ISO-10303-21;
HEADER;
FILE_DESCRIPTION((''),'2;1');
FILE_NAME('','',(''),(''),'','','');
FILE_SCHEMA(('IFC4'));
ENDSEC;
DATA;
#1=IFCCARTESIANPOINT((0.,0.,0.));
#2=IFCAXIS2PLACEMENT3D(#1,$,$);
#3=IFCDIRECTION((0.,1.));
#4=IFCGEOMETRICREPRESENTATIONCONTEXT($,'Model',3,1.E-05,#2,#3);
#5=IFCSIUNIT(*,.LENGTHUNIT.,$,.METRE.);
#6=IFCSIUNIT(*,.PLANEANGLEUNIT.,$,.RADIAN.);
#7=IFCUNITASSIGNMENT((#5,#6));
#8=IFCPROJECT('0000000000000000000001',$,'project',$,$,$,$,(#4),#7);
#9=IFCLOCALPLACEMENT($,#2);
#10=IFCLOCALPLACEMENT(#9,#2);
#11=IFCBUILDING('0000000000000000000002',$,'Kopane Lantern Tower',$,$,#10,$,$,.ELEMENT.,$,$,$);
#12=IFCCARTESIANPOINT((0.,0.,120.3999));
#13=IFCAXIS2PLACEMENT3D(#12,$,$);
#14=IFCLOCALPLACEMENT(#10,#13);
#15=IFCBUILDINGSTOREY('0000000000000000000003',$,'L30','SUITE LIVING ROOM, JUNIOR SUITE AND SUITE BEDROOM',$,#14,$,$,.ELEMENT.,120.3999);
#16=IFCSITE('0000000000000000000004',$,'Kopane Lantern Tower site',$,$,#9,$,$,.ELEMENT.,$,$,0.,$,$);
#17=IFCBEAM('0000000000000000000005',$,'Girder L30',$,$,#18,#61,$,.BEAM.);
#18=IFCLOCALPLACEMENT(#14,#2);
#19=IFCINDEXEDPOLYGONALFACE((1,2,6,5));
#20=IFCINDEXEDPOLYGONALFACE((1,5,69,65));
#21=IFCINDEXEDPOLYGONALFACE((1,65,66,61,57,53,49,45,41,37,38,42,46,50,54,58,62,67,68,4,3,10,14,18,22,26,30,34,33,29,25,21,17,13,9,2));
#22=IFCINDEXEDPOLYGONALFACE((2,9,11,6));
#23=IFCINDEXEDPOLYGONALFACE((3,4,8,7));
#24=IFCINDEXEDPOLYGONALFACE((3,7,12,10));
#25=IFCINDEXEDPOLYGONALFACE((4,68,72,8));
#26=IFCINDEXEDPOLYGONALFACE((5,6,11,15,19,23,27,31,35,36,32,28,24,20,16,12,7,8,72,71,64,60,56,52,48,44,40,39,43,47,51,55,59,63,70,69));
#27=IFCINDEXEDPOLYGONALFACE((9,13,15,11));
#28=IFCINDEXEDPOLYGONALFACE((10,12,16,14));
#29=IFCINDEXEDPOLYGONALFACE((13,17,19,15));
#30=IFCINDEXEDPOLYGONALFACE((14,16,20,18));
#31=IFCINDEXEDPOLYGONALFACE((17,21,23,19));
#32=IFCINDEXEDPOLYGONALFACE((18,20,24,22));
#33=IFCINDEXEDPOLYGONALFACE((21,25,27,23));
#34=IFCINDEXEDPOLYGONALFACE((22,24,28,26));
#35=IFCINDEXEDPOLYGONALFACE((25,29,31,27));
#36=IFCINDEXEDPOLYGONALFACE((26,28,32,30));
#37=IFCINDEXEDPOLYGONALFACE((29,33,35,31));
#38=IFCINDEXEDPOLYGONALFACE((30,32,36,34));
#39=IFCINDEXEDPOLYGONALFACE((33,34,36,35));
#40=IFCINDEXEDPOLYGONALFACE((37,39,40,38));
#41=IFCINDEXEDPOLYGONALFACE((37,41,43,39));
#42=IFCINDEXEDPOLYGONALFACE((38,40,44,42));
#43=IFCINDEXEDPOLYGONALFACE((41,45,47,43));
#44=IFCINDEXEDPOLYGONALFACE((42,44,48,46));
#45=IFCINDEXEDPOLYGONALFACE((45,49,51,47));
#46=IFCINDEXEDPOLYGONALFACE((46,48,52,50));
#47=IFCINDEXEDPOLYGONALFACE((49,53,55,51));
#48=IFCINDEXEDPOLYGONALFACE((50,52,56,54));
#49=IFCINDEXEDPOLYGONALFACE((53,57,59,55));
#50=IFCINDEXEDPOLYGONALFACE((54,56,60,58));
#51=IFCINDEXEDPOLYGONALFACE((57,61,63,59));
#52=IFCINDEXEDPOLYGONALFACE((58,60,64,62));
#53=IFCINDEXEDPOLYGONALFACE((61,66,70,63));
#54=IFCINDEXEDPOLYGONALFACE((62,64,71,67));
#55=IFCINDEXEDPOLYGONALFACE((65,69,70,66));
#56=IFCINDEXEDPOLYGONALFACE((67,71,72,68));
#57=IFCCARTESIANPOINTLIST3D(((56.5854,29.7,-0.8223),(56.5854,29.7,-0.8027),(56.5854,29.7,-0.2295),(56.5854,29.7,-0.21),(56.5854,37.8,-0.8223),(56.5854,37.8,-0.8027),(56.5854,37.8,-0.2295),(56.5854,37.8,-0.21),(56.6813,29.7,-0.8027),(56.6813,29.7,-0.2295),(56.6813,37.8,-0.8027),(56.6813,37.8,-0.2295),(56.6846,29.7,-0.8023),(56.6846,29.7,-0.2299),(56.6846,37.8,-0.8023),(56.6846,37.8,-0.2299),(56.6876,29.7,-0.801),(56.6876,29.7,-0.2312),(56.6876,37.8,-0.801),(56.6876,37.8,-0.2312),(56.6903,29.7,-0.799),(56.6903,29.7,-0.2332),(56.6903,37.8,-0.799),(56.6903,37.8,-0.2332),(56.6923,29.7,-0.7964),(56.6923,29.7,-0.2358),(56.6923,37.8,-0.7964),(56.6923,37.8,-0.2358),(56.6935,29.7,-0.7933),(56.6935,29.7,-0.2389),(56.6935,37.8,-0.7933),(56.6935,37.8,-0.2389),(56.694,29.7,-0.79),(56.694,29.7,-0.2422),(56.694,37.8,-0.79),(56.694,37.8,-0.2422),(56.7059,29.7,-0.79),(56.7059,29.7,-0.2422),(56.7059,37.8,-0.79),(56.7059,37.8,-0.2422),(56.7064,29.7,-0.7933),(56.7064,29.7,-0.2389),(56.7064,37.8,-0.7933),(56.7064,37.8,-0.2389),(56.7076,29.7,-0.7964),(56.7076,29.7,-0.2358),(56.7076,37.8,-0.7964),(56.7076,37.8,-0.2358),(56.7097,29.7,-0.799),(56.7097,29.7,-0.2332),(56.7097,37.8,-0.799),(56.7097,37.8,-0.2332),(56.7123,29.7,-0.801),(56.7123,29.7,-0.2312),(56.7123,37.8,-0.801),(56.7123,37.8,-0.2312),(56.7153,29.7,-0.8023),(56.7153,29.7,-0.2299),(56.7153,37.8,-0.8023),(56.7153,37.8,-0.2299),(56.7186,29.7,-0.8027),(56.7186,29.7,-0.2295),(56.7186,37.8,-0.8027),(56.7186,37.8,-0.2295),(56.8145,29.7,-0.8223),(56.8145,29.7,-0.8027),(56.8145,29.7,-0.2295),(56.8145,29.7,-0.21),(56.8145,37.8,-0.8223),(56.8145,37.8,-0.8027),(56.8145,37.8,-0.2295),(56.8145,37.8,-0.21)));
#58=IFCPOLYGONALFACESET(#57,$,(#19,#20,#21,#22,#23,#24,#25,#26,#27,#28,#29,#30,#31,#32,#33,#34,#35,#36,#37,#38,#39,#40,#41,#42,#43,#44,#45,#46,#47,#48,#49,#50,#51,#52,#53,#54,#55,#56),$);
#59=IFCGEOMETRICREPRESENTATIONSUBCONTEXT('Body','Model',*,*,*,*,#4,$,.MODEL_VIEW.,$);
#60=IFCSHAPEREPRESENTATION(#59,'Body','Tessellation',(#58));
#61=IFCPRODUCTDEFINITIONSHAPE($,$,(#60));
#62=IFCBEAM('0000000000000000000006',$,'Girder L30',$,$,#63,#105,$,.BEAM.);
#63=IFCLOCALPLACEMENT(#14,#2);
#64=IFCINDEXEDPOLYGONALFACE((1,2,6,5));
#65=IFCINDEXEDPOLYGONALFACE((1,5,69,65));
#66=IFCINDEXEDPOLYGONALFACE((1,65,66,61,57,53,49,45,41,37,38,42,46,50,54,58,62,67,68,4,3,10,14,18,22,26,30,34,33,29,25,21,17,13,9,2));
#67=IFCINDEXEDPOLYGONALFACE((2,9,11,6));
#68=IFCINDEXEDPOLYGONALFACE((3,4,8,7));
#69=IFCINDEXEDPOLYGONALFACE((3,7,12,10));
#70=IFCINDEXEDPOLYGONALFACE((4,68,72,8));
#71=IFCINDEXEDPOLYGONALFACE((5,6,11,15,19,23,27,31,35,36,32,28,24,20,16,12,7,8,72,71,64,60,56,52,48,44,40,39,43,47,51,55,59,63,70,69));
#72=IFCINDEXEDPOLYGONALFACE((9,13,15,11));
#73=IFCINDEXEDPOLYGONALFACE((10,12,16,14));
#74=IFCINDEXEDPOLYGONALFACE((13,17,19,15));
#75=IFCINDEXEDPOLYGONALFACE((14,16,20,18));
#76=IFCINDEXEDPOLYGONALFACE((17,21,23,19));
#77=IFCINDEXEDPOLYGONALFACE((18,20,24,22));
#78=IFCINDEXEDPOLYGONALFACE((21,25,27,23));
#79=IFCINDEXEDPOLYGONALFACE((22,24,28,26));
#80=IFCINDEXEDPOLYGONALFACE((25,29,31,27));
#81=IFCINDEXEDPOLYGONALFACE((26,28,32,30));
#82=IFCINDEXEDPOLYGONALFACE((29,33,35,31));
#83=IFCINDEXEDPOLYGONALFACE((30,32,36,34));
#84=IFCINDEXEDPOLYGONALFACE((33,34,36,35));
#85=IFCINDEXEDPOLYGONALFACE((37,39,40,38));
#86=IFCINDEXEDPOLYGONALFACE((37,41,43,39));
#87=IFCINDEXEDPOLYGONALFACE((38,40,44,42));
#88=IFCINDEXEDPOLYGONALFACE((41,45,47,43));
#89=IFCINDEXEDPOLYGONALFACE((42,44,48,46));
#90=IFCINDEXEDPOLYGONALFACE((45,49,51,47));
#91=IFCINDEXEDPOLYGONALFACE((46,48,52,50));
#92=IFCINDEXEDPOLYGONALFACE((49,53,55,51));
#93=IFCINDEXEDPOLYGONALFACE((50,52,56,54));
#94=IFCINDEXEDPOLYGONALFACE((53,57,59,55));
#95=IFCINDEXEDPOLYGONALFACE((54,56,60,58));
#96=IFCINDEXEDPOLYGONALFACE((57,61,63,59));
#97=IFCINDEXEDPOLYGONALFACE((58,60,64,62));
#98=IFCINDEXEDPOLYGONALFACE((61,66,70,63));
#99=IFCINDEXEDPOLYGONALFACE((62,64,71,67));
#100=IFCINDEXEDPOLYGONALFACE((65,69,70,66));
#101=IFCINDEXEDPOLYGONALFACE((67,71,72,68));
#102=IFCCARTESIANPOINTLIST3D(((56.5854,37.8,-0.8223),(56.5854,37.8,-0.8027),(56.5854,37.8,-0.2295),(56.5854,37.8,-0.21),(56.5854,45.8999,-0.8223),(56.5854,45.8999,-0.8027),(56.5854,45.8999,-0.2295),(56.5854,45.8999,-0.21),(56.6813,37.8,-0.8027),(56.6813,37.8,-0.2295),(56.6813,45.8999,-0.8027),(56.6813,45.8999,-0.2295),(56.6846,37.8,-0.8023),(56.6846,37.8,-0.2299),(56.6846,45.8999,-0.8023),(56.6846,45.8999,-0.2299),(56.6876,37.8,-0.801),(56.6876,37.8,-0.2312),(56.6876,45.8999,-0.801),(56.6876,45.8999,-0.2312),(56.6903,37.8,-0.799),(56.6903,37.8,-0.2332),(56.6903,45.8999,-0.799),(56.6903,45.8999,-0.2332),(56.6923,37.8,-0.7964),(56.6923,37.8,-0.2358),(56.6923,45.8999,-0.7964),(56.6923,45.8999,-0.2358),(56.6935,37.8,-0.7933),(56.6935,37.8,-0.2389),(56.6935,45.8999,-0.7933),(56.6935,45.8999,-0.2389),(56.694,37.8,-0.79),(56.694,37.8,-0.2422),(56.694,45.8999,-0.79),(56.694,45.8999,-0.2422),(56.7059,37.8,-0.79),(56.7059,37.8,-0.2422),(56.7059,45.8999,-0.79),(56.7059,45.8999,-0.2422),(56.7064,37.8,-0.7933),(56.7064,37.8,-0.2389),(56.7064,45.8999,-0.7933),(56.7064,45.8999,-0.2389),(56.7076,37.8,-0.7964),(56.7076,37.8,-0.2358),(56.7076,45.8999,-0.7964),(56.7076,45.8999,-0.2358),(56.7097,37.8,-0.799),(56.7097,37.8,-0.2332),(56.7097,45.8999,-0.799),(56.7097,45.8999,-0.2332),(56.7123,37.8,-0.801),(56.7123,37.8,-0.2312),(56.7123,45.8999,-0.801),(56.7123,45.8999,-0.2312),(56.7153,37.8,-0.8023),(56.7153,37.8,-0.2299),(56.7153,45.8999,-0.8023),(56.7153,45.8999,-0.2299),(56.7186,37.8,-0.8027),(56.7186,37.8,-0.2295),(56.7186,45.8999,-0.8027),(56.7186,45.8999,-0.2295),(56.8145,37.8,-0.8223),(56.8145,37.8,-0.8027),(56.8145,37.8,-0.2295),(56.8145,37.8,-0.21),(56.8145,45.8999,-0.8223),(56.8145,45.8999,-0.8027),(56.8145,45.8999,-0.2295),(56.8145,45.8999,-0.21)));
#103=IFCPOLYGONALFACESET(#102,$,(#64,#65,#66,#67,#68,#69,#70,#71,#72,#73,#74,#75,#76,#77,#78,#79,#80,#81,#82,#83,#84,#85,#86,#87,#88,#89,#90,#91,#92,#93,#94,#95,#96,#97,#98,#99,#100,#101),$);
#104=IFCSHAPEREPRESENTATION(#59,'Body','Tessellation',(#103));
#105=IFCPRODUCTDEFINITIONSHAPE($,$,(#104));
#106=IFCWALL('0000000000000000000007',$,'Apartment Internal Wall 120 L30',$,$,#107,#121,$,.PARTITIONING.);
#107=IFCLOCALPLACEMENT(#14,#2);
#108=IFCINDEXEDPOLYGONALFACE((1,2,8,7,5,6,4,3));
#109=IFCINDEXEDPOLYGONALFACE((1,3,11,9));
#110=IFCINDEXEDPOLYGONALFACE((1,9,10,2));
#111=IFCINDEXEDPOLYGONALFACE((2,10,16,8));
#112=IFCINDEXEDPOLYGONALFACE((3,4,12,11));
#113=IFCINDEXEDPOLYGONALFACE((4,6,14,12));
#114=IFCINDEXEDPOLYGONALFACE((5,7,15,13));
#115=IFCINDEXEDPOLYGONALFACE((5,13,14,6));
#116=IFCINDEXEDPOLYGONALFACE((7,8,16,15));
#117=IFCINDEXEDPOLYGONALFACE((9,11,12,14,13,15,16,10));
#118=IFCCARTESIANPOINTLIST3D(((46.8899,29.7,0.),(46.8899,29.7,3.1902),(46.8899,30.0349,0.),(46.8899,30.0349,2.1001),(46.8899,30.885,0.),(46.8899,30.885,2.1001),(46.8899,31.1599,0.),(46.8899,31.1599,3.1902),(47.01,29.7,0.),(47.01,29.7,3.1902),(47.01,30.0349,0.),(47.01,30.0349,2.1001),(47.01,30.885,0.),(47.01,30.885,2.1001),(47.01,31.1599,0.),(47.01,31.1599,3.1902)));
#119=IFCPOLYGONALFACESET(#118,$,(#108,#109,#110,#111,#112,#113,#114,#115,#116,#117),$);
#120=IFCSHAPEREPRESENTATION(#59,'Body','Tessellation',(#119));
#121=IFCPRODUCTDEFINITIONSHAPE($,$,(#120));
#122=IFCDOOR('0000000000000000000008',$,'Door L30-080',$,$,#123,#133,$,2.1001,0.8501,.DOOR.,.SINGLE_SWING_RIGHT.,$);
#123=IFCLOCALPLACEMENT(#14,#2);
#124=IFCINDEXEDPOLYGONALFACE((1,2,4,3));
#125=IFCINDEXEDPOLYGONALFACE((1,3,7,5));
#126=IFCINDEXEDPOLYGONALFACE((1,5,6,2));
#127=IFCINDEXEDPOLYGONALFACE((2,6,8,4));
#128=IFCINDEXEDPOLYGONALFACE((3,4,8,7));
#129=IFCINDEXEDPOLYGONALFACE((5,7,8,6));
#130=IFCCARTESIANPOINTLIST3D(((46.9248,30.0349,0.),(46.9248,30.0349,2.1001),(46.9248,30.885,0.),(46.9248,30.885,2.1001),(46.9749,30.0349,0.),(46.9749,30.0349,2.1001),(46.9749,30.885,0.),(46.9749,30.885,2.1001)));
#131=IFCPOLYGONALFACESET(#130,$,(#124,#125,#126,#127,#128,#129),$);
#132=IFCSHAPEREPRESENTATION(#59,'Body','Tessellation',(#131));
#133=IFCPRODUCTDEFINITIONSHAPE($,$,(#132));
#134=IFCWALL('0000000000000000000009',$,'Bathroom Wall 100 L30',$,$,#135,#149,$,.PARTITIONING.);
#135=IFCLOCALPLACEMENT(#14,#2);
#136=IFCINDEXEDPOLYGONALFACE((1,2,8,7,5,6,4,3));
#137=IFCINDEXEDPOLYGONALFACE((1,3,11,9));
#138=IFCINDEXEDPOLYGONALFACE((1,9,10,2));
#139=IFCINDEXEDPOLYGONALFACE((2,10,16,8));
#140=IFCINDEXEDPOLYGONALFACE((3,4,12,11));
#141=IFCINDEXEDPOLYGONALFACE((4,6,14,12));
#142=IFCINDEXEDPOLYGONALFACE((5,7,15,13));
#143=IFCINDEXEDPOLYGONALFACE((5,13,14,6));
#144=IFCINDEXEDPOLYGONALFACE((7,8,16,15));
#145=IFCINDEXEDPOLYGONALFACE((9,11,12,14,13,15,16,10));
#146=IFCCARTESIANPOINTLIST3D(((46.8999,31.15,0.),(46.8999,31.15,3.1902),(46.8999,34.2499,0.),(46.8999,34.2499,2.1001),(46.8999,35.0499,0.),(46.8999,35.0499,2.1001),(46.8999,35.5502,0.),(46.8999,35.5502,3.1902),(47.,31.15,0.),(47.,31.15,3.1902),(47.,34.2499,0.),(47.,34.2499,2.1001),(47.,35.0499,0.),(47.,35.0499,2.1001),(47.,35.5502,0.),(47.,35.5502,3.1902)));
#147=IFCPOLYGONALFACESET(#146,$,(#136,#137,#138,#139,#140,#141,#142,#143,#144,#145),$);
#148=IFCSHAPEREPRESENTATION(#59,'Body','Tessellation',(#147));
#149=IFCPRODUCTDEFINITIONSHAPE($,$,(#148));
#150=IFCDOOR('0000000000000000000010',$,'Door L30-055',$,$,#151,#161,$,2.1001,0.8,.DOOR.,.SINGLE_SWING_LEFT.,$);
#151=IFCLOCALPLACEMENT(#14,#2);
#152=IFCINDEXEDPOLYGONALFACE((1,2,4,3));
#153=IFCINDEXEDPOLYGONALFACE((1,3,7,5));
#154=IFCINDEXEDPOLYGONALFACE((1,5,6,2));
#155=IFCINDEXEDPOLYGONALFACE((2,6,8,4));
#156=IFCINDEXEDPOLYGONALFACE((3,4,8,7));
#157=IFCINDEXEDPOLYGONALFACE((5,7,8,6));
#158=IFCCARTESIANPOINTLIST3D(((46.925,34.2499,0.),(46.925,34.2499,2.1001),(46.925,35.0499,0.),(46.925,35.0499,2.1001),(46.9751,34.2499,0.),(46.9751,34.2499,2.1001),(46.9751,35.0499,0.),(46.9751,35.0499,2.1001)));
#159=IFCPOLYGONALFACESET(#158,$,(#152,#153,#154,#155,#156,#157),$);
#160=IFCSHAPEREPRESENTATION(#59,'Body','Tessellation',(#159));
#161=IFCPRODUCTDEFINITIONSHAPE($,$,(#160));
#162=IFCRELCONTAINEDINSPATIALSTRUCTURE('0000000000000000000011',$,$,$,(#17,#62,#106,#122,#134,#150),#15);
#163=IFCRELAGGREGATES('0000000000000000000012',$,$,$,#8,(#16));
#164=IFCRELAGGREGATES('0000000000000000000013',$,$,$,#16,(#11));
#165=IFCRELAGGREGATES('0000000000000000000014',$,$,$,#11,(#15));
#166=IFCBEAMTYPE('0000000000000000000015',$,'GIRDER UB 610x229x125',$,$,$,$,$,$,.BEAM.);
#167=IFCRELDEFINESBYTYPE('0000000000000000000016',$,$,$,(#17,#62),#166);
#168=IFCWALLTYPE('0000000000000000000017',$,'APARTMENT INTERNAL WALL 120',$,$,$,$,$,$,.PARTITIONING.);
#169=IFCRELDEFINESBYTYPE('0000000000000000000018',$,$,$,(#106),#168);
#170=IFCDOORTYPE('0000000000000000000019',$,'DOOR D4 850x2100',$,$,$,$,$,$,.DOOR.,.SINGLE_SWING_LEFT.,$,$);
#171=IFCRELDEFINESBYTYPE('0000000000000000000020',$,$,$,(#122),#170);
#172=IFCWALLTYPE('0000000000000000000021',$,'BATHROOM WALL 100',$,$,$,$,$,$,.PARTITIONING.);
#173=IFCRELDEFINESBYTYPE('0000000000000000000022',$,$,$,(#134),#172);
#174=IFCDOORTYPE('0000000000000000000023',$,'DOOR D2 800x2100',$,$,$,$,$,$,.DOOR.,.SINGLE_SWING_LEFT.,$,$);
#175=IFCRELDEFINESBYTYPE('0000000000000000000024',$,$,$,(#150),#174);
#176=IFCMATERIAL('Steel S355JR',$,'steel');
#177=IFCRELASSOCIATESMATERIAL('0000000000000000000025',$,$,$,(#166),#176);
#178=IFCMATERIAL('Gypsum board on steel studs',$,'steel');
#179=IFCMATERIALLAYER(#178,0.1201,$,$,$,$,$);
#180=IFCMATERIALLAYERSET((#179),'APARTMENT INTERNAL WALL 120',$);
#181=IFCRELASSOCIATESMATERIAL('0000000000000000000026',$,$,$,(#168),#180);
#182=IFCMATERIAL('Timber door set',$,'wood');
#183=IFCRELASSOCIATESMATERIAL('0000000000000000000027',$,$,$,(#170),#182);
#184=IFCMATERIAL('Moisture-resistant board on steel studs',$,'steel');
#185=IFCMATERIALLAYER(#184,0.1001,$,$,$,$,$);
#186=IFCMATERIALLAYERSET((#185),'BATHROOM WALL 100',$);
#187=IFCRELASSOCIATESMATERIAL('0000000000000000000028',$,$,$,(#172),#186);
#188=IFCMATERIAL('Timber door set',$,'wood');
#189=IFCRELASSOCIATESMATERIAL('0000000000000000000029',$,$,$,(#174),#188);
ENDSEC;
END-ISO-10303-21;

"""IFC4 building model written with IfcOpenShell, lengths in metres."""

from ifc_helpers import new_model, si_unit, direction, frame, frame_2d, origin, origin_2d, place, context, subcontext, project, spatial, rectangle, i_section, extrude, material, layer, layer_set, material_profile, profile_set, type_object, element, fill, save


model = new_model("IFC4")

# Units and contexts
model_context = context("Model", 3, precision=1e-05, world=origin(), true_north=direction((0.0, 1.0)))
body_context = subcontext(model_context, "Body", "Model", "MODEL_VIEW")
ifc_project = project(units=[si_unit("LENGTHUNIT", "METRE"), si_unit("PLANEANGLEUNIT", "RADIAN")], contexts=[model_context])

# Site, building, storey
site_placement = place(None, origin())
site = spatial("IfcSite", under=ifc_project, at=site_placement, Name="Kopane Lantern Tower site", CompositionType="ELEMENT", RefElevation=0.0)
building_placement = place(site_placement, origin())
building = spatial("IfcBuilding", under=site, at=building_placement, Name="Kopane Lantern Tower", CompositionType="ELEMENT")
storey_placement = place(building_placement, frame((0.0, 0.0, 120.3999)))
storey = spatial("IfcBuildingStorey", under=building, at=storey_placement, Name="L30", Description="SUITE LIVING ROOM, JUNIOR SUITE AND SUITE BEDROOM", CompositionType="ELEMENT", Elevation=120.3999)

# Beams
ifc_material_1 = material(Name="Steel S355JR", Category="steel")
ifc_material_profile_1 = material_profile(ifc_material_1, i_section(OverallWidth=0.229, OverallDepth=0.6123, WebThickness=0.012, FlangeThickness=0.0195, FilletRadius=0.0127, at=origin_2d()), Name="UB 610x229x125")
ifc_profile_set_1 = profile_set([ifc_material_profile_1], Name="Steel S355JR")
beam_type = type_object("IfcBeamType", Name="GIRDER UB 610x229x125", PredefinedType="BEAM", material=ifc_profile_set_1)
beam_1_placement = place(storey_placement, frame((56.7, 29.7, -0.5161), z_axis=(0.0, 1.0, 0.0), x_axis=(-1.0, 0.0, 0.0)))
element("IfcBeam", 1, at=beam_1_placement, inside=storey, type_object=beam_type, Name="Girder L30", PredefinedType="BEAM", context=body_context, shape_type="SweptSolid", body=[
    extrude(i_section(OverallWidth=0.229, OverallDepth=0.6123, WebThickness=0.012, FlangeThickness=0.0195, FilletRadius=0.0127, at=origin_2d()), origin(), (0.0, 0.0, 1.0), 8.1001),
])
beam_2_placement = place(storey_placement, frame((56.7, 37.8, -0.5161), z_axis=(0.0, 1.0, 0.0), x_axis=(-1.0, 0.0, 0.0)))
element("IfcBeam", 2, at=beam_2_placement, inside=storey, type_object=beam_type, Name="Girder L30", PredefinedType="BEAM", context=body_context, shape_type="SweptSolid", body=[
    extrude(i_section(OverallWidth=0.229, OverallDepth=0.6123, WebThickness=0.012, FlangeThickness=0.0195, FilletRadius=0.0127, at=origin_2d()), origin(), (0.0, 0.0, 1.0), 8.0999),
])

# Walls, openings, doors
ifc_material_2 = material(Name="Gypsum board on steel studs", Category="steel")
ifc_layer_1 = layer(ifc_material_2, 0.1201)
ifc_layer_set_1 = layer_set([ifc_layer_1], Name="APARTMENT INTERNAL WALL 120")
wall_type_1 = type_object("IfcWallType", Name="APARTMENT INTERNAL WALL 120", PredefinedType="PARTITIONING", material=ifc_layer_set_1)
wall_1_placement = place(storey_placement, frame((46.95, 31.1599, 0.0), z_axis=(0.0, 0.0, 1.0), x_axis=(0.0, -1.0, 0.0)))
wall_1 = element("IfcWall", 3, at=wall_1_placement, inside=storey, type_object=wall_type_1, Name="Apartment Internal Wall 120 L30", PredefinedType="PARTITIONING", context=body_context, shape_type="SweptSolid", body=[
    extrude(rectangle(XDim=1.46, YDim=0.1201, at=frame_2d((0.73, 0.0))), origin(), (0.0, 0.0, 1.0), 3.1902),
])
opening_1_placement = place(wall_1_placement, frame((0.2749, 0.0, 0.0)))
opening_1 = element("IfcOpeningElement", 4, at=opening_1_placement, cuts=wall_1, PredefinedType="OPENING", context=body_context, shape_type="SweptSolid", body=[
    extrude(rectangle(XDim=0.8501, YDim=2.1001, at=frame_2d((0.425, 1.05))), frame((0.0, 0.0701, 0.0), z_axis=(0.0, -1.0, 0.0), x_axis=(1.0, 0.0, 0.0)), (0.0, 0.0, 1.0), 0.1401),
])
ifc_material_3 = material(Name="Timber door set", Category="wood")
door_type_1 = type_object("IfcDoorType", Name="DOOR D4 850x2100", OperationType="SINGLE_SWING_LEFT", PredefinedType="DOOR", material=ifc_material_3)
door_1_placement = place(opening_1_placement, origin())
door_1 = element("IfcDoor", 5, at=door_1_placement, inside=storey, type_object=door_type_1, Name="Door L30-080", OperationType="SINGLE_SWING_RIGHT", OverallHeight=2.1001, OverallWidth=0.8501, PredefinedType="DOOR", context=body_context, shape_type="SweptSolid", body=[
    extrude(rectangle(XDim=0.8501, YDim=2.1001, at=frame_2d((0.425, 1.05))), frame((0.0, 0.0249, 0.0), z_axis=(0.0, -1.0, 0.0), x_axis=(1.0, 0.0, 0.0)), (0.0, 0.0, 1.0), 0.05),
])
fill(opening_1, door_1)
ifc_material_4 = material(Name="Moisture-resistant board on steel studs", Category="steel")
ifc_layer_2 = layer(ifc_material_4, 0.1001)
ifc_layer_set_2 = layer_set([ifc_layer_2], Name="BATHROOM WALL 100")
wall_type_2 = type_object("IfcWallType", Name="BATHROOM WALL 100", PredefinedType="PARTITIONING", material=ifc_layer_set_2)
wall_2_placement = place(storey_placement, frame((46.95, 31.1499, 0.0), z_axis=(0.0, 0.0, 1.0), x_axis=(0.0, 1.0, 0.0)))
wall_2 = element("IfcWall", 6, at=wall_2_placement, inside=storey, type_object=wall_type_2, Name="Bathroom Wall 100 L30", PredefinedType="PARTITIONING", context=body_context, shape_type="SweptSolid", body=[
    extrude(rectangle(XDim=4.4001, YDim=0.1001, at=frame_2d((2.2002, 0.0))), origin(), (0.0, 0.0, 1.0), 3.1902),
])
opening_2_placement = place(wall_2_placement, frame((3.1001, 0.0, 0.0)))
opening_2 = element("IfcOpeningElement", 7, at=opening_2_placement, cuts=wall_2, PredefinedType="OPENING", context=body_context, shape_type="SweptSolid", body=[
    extrude(rectangle(XDim=0.8, YDim=2.1001, at=frame_2d((0.3999, 1.05))), frame((0.0, 0.0601, 0.0), z_axis=(0.0, -1.0, 0.0), x_axis=(1.0, 0.0, 0.0)), (0.0, 0.0, 1.0), 0.1201),
])
ifc_material_5 = material(Name="Timber door set", Category="wood")
door_type_2 = type_object("IfcDoorType", Name="DOOR D2 800x2100", OperationType="SINGLE_SWING_LEFT", PredefinedType="DOOR", material=ifc_material_5)
door_2_placement = place(opening_2_placement, origin())
door_2 = element("IfcDoor", 8, at=door_2_placement, inside=storey, type_object=door_type_2, Name="Door L30-055", OperationType="SINGLE_SWING_LEFT", OverallHeight=2.1001, OverallWidth=0.8, PredefinedType="DOOR", context=body_context, shape_type="SweptSolid", body=[
    extrude(rectangle(XDim=0.8, YDim=2.1001, at=frame_2d((0.3999, 1.05))), frame((0.0, 0.0249, 0.0), z_axis=(0.0, -1.0, 0.0), x_axis=(1.0, 0.0, 0.0)), (0.0, 0.0, 1.0), 0.05),
])
fill(opening_2, door_2)

save(model, "model.ifc")
